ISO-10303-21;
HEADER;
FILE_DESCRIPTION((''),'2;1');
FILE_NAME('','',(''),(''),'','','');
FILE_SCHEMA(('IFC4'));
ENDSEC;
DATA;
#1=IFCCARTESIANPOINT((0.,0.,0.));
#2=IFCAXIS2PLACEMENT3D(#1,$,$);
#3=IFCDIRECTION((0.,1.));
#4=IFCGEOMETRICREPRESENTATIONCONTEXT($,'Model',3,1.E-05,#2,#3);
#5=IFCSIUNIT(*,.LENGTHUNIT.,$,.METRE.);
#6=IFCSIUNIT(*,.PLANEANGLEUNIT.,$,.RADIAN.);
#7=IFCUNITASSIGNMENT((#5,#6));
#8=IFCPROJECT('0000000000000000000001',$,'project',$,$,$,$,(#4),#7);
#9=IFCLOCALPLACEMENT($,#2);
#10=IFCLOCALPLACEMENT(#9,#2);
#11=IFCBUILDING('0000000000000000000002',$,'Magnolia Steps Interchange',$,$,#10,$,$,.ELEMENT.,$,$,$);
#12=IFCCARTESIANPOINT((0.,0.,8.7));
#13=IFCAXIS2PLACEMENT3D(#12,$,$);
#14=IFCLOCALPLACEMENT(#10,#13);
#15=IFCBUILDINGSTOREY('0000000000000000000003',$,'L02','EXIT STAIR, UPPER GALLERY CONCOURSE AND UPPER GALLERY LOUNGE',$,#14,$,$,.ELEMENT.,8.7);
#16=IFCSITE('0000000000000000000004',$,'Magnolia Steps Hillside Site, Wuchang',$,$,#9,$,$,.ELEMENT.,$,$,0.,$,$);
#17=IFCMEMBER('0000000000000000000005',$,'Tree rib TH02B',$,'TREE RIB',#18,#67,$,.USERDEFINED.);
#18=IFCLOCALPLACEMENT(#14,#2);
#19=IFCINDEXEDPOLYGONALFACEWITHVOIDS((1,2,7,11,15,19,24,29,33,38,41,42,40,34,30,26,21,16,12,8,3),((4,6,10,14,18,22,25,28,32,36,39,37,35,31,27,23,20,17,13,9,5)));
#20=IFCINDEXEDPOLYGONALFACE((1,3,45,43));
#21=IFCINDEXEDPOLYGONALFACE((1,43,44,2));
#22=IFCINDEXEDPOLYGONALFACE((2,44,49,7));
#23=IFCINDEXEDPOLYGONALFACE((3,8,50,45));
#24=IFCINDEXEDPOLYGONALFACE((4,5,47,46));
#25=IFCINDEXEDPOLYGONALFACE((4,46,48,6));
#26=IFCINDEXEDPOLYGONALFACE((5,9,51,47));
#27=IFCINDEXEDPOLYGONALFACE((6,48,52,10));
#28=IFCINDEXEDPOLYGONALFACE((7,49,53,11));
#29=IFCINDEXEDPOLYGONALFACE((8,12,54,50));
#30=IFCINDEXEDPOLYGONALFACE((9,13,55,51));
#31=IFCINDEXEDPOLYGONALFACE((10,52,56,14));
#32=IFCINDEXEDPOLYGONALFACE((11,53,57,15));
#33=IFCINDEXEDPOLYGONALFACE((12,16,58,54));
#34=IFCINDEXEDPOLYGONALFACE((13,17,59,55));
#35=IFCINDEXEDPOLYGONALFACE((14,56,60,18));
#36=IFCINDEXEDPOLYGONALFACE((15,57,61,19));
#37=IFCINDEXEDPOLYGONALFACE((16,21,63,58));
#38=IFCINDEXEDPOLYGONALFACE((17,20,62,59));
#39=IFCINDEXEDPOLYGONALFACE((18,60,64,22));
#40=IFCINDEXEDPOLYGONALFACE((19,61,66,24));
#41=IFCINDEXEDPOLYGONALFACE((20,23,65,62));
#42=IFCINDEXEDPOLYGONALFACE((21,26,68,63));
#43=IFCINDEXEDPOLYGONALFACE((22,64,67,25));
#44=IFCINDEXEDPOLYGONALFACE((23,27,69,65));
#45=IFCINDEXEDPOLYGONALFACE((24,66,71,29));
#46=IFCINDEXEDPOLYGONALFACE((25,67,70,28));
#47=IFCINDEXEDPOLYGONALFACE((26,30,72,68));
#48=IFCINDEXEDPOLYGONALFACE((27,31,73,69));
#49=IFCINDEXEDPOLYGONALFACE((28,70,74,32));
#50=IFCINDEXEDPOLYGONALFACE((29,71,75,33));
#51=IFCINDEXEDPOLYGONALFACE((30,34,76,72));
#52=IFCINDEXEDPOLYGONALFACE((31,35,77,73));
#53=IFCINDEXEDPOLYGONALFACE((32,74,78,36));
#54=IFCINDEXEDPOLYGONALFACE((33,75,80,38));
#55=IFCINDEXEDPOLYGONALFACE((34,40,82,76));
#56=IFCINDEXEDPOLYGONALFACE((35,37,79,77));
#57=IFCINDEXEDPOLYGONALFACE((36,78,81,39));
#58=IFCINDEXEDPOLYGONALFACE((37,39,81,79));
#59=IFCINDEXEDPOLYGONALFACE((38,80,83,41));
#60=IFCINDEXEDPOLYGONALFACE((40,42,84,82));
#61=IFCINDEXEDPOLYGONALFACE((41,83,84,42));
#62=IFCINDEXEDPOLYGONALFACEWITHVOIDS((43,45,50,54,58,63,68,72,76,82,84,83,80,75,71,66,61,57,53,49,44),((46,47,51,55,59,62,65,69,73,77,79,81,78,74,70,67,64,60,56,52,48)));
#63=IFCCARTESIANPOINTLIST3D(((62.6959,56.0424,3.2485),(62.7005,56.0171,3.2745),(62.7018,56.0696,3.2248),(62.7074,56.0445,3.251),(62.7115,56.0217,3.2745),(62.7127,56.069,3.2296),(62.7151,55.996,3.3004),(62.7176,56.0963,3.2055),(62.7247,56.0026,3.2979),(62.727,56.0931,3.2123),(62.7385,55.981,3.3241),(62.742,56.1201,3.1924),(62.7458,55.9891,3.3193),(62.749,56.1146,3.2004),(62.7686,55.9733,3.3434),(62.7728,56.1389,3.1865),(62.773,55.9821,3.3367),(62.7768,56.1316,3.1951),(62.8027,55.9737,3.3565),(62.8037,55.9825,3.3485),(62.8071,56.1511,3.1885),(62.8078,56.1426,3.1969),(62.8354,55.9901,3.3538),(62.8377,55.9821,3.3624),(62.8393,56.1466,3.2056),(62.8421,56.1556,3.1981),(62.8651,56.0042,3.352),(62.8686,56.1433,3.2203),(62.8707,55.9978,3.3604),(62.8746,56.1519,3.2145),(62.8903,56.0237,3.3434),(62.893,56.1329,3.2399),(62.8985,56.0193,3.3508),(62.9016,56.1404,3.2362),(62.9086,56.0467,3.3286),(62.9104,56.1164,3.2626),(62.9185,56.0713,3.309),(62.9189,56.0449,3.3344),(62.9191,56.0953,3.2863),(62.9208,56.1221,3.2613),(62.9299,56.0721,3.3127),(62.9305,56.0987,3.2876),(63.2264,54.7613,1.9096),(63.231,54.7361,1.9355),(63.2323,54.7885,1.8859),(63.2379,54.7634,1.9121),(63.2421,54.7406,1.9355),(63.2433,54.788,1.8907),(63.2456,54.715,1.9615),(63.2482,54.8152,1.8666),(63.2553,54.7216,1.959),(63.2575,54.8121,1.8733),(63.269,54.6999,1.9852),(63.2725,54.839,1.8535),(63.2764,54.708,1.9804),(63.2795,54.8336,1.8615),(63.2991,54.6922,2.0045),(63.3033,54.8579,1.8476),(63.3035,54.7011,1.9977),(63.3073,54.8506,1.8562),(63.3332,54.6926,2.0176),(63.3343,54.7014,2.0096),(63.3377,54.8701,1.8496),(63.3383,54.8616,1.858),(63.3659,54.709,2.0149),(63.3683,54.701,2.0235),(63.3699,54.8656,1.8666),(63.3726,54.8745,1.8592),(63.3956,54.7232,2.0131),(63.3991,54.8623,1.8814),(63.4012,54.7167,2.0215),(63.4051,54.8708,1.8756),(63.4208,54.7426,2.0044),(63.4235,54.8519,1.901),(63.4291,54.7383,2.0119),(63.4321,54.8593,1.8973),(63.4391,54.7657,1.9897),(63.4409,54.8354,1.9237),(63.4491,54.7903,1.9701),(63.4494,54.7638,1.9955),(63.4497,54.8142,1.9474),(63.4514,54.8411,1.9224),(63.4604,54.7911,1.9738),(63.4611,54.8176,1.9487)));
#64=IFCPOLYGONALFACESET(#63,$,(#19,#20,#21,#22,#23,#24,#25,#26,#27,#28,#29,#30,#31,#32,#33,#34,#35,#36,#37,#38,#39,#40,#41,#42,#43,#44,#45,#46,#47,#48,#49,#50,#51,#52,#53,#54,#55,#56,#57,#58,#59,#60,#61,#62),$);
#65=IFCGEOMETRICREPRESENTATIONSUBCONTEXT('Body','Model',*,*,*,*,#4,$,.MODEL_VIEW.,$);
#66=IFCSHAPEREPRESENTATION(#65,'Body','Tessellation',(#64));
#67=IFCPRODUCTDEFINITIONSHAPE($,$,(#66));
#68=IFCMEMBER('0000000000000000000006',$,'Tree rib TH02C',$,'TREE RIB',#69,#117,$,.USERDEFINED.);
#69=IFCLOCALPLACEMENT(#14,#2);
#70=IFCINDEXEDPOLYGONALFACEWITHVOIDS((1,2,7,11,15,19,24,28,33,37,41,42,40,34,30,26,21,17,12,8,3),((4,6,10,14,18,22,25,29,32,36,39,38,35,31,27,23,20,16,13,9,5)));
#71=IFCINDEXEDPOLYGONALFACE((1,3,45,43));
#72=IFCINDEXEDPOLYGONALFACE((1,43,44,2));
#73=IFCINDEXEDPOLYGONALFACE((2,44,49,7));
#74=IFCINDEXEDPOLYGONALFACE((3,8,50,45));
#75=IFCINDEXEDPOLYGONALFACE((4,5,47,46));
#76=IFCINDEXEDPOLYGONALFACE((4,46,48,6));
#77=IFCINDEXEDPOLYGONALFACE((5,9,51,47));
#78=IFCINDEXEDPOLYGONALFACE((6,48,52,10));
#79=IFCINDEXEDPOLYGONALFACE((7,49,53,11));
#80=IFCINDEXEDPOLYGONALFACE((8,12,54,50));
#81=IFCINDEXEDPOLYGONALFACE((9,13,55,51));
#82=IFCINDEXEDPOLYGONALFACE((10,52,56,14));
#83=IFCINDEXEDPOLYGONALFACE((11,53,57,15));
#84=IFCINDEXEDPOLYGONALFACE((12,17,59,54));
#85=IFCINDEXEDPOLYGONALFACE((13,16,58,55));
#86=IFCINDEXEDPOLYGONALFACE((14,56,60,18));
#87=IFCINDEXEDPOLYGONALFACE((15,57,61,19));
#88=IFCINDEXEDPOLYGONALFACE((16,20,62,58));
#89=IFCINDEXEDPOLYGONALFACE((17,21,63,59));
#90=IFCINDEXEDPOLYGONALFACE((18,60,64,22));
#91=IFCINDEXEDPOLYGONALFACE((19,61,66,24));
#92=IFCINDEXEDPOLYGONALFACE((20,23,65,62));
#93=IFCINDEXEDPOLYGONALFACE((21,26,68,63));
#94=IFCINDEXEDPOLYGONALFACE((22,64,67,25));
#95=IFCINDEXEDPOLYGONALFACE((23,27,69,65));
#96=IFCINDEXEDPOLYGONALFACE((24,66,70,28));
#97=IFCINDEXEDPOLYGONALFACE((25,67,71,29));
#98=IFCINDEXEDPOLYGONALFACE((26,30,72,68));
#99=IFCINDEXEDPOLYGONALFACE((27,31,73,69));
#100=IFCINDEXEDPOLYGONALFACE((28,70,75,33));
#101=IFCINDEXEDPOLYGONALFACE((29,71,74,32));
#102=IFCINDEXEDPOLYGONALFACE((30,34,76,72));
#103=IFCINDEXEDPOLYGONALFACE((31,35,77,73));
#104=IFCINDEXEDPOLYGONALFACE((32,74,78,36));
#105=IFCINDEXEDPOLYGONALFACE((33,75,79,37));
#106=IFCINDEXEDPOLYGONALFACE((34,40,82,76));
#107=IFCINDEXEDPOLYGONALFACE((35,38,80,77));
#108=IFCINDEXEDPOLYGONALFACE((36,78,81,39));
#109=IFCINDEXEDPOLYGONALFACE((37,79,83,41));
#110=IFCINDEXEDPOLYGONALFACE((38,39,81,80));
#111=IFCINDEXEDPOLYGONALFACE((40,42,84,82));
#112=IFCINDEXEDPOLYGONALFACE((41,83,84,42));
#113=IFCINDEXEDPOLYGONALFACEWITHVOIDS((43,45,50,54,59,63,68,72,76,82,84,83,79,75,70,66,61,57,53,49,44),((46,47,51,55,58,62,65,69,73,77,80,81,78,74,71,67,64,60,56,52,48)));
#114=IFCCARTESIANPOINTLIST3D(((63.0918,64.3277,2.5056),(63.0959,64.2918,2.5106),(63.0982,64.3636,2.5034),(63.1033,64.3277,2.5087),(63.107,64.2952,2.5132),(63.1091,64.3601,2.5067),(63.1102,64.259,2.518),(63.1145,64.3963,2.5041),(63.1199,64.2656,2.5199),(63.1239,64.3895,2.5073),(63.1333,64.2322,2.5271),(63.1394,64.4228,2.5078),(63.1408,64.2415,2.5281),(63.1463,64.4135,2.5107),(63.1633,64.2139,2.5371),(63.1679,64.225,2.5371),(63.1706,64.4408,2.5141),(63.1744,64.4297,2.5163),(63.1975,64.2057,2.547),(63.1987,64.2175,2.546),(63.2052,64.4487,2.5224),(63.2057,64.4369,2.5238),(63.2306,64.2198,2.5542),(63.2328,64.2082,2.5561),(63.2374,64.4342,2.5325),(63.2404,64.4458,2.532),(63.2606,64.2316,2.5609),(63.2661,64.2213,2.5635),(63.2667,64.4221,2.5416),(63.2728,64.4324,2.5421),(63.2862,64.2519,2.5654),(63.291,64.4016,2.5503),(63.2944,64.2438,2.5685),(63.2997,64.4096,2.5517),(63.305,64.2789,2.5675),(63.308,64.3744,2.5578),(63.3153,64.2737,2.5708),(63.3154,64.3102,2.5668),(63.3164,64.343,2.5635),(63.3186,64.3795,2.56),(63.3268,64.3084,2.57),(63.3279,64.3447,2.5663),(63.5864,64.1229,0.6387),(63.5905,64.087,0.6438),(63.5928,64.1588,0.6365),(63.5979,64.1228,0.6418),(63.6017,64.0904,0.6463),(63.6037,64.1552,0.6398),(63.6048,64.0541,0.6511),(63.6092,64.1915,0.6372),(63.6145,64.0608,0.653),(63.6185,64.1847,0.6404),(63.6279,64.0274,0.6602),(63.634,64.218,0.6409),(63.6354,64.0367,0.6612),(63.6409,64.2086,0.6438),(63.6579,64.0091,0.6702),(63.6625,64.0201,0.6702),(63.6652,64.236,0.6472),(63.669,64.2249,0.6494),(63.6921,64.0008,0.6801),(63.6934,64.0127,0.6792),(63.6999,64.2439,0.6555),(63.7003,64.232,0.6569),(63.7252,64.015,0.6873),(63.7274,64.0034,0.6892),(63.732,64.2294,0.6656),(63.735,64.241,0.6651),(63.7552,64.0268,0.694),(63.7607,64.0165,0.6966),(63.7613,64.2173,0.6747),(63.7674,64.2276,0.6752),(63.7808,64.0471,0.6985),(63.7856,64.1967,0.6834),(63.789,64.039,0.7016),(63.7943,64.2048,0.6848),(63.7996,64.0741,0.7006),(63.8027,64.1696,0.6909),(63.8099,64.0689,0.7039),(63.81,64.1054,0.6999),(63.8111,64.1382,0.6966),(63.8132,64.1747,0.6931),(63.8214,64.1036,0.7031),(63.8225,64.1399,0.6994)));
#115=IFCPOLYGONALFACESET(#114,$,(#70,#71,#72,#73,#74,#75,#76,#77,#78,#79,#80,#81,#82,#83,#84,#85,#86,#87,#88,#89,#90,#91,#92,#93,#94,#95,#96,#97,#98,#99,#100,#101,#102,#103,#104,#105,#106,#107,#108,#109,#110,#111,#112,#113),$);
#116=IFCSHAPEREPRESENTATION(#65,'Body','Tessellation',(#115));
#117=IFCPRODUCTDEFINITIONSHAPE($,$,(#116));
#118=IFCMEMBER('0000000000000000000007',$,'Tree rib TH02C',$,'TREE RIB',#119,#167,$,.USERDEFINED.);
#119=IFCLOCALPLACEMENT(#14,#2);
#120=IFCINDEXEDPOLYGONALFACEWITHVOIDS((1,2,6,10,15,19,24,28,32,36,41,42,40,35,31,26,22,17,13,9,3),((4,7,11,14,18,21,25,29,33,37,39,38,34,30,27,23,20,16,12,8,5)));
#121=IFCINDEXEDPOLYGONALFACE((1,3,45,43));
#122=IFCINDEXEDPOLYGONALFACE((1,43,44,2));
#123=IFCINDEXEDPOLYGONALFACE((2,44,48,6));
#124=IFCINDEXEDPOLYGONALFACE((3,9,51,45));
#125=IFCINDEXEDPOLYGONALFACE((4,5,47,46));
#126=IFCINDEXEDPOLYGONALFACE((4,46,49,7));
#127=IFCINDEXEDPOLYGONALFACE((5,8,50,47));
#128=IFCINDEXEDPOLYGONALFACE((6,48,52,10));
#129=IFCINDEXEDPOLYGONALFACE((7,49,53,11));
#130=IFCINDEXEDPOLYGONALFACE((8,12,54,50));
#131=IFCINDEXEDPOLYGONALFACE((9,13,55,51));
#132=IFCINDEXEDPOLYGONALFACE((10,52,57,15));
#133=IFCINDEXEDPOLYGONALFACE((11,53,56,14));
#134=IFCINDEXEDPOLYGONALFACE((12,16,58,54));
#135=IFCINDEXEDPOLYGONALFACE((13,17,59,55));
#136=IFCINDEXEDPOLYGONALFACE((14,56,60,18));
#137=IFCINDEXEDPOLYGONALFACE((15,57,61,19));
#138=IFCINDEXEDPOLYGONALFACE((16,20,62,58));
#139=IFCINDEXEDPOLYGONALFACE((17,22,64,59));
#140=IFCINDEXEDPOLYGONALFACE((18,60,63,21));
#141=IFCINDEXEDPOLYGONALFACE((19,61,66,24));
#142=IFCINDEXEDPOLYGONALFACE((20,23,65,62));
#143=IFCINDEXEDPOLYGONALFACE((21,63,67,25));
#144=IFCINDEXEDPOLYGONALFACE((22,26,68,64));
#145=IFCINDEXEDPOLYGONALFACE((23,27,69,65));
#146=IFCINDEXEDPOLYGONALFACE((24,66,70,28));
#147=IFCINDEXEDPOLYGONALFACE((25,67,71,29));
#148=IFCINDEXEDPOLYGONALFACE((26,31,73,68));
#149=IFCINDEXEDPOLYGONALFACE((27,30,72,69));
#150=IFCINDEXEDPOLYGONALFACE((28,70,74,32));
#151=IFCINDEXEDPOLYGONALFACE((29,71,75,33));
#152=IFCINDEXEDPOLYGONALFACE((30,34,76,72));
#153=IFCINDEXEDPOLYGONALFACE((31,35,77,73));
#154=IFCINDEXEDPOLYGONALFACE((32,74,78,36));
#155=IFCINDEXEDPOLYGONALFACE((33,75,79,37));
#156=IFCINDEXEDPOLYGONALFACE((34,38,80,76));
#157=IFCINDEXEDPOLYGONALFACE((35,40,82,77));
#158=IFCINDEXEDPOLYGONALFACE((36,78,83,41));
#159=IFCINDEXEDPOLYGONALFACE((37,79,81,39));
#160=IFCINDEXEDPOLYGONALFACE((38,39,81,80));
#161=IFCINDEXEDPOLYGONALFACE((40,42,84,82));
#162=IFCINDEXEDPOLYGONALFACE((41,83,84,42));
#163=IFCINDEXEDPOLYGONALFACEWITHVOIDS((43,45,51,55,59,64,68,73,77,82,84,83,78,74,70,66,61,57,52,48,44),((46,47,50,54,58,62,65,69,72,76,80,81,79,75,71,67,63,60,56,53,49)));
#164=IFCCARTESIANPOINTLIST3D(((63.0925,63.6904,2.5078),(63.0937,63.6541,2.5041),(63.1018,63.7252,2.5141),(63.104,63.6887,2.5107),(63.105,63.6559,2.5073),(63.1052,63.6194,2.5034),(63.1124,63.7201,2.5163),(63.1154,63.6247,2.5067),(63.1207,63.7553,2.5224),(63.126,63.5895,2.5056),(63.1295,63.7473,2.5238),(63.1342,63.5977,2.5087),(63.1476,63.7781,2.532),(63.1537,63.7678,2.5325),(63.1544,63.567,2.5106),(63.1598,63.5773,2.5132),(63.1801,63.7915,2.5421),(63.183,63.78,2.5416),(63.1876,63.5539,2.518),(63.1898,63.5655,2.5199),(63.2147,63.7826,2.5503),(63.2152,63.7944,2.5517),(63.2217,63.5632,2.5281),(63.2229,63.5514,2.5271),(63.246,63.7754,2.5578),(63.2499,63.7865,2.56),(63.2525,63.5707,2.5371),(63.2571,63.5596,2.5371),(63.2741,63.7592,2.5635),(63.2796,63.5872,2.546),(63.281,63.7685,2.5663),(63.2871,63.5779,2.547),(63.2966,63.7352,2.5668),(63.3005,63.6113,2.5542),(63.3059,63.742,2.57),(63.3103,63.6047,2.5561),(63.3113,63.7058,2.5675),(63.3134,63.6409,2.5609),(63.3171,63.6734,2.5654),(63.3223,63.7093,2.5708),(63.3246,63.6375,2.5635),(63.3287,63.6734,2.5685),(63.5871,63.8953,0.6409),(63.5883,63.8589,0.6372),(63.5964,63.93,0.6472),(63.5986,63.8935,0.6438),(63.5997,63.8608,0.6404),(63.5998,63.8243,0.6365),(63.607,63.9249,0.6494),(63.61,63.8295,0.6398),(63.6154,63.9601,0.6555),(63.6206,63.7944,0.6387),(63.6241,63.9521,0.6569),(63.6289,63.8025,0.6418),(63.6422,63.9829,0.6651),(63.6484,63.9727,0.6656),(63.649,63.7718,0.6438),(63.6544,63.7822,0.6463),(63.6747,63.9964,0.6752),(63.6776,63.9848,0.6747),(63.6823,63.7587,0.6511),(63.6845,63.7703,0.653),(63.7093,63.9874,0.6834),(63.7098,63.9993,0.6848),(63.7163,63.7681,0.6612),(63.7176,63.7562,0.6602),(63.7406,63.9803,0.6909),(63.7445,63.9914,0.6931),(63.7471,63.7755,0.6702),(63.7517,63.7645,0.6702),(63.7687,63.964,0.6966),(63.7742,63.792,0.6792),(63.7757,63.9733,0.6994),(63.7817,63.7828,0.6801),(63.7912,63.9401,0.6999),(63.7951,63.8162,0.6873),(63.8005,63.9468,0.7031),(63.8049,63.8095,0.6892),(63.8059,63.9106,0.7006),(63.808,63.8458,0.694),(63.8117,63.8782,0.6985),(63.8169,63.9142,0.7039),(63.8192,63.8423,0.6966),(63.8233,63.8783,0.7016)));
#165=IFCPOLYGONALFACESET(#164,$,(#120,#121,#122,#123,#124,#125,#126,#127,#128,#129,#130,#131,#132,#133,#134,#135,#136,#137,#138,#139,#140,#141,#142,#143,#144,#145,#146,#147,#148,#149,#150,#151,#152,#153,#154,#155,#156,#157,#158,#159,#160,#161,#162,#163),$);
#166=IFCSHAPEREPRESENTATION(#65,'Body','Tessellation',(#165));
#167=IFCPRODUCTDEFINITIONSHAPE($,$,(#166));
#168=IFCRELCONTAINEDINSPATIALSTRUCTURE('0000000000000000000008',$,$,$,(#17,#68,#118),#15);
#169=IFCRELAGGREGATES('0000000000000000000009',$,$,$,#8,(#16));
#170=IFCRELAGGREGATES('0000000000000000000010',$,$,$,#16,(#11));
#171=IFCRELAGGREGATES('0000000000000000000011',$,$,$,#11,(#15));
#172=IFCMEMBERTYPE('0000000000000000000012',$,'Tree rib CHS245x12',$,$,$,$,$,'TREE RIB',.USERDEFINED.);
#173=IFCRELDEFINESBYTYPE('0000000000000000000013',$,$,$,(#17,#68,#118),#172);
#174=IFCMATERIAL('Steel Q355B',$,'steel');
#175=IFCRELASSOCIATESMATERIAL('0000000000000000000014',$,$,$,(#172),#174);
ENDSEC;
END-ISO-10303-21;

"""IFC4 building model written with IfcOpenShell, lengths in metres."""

from ifc_helpers import new_model, si_unit, direction, frame, origin, origin_2d, place, context, subcontext, project, spatial, hollow_circle, extrude, material, material_profile, profile_set, type_object, element, save


model = new_model("IFC4")

# Units and contexts
model_context = context("Model", 3, precision=1e-05, world=origin(), true_north=direction((0.0, 1.0)))
body_context = subcontext(model_context, "Body", "Model", "MODEL_VIEW")
ifc_project = project(units=[si_unit("LENGTHUNIT", "METRE"), si_unit("PLANEANGLEUNIT", "RADIAN")], contexts=[model_context])

# Site, building, storey
site_placement = place(None, origin())
site = spatial("IfcSite", under=ifc_project, at=site_placement, Name="Magnolia Steps Hillside Site, Wuchang", CompositionType="ELEMENT", RefElevation=0.0)
building_placement = place(site_placement, origin())
building = spatial("IfcBuilding", under=site, at=building_placement, Name="Magnolia Steps Interchange", CompositionType="ELEMENT")
storey_placement = place(building_placement, frame((0.0, 0.0, 8.7)))
storey = spatial("IfcBuildingStorey", under=building, at=storey_placement, Name="L02", Description="EXIT STAIR, UPPER GALLERY CONCOURSE AND UPPER GALLERY LOUNGE", CompositionType="ELEMENT", Elevation=8.7)

# Members
ifc_material_1 = material(Name="Steel Q355B", Category="steel")
ifc_material_profile_1 = material_profile(ifc_material_1, hollow_circle(Radius=0.1226, WallThickness=0.012, at=origin_2d()), Name="CHS245x12")
ifc_profile_set_1 = profile_set([ifc_material_profile_1], Name="Steel Q355B")
member_type = type_object("IfcMemberType", Name="Tree rib CHS245x12", ElementType="TREE RIB", PredefinedType="USERDEFINED", material=ifc_profile_set_1)
member_1_placement = place(storey_placement, frame((63.3442, 54.783, 1.9355), z_axis=(-0.275246, 0.664618, 0.694638), x_axis=(-0.923903, -0.382627, 0.0)))
element("IfcMember", 1, at=member_1_placement, inside=storey, type_object=member_type, Name="Tree rib TH02B", ObjectType="TREE RIB", PredefinedType="USERDEFINED", context=body_context, shape_type="SweptSolid", body=[
    extrude(hollow_circle(Radius=0.1226, WallThickness=0.012, at=origin_2d()), origin(), (0.0, 0.0, 1.0), 1.9275),
])
for number, where, z_axis, x_axis, name in (
    (2, (63.7048, 64.1223, 0.6702), (-0.254676, 0.105466, 0.961258), (-0.382607, -0.923911, 0.0), "Tree rib TH02C"),
    (3, (63.7048, 63.8777, 0.6702), (-0.254676, -0.105466, 0.961258), (0.382607, -0.923911, 0.0), "Tree rib TH02C"),
):
    element("IfcMember", number, at=place(storey_placement, frame(where, z_axis=z_axis, x_axis=x_axis)), inside=storey, type_object=member_type, Name=name, ObjectType="TREE RIB", PredefinedType="USERDEFINED", context=body_context, shape_type="SweptSolid", body=[
        extrude(hollow_circle(Radius=0.1226, WallThickness=0.012, at=origin_2d()), origin(), (0.0, 0.0, 1.0), 1.9421),
    ])

save(model, "model.ifc")
